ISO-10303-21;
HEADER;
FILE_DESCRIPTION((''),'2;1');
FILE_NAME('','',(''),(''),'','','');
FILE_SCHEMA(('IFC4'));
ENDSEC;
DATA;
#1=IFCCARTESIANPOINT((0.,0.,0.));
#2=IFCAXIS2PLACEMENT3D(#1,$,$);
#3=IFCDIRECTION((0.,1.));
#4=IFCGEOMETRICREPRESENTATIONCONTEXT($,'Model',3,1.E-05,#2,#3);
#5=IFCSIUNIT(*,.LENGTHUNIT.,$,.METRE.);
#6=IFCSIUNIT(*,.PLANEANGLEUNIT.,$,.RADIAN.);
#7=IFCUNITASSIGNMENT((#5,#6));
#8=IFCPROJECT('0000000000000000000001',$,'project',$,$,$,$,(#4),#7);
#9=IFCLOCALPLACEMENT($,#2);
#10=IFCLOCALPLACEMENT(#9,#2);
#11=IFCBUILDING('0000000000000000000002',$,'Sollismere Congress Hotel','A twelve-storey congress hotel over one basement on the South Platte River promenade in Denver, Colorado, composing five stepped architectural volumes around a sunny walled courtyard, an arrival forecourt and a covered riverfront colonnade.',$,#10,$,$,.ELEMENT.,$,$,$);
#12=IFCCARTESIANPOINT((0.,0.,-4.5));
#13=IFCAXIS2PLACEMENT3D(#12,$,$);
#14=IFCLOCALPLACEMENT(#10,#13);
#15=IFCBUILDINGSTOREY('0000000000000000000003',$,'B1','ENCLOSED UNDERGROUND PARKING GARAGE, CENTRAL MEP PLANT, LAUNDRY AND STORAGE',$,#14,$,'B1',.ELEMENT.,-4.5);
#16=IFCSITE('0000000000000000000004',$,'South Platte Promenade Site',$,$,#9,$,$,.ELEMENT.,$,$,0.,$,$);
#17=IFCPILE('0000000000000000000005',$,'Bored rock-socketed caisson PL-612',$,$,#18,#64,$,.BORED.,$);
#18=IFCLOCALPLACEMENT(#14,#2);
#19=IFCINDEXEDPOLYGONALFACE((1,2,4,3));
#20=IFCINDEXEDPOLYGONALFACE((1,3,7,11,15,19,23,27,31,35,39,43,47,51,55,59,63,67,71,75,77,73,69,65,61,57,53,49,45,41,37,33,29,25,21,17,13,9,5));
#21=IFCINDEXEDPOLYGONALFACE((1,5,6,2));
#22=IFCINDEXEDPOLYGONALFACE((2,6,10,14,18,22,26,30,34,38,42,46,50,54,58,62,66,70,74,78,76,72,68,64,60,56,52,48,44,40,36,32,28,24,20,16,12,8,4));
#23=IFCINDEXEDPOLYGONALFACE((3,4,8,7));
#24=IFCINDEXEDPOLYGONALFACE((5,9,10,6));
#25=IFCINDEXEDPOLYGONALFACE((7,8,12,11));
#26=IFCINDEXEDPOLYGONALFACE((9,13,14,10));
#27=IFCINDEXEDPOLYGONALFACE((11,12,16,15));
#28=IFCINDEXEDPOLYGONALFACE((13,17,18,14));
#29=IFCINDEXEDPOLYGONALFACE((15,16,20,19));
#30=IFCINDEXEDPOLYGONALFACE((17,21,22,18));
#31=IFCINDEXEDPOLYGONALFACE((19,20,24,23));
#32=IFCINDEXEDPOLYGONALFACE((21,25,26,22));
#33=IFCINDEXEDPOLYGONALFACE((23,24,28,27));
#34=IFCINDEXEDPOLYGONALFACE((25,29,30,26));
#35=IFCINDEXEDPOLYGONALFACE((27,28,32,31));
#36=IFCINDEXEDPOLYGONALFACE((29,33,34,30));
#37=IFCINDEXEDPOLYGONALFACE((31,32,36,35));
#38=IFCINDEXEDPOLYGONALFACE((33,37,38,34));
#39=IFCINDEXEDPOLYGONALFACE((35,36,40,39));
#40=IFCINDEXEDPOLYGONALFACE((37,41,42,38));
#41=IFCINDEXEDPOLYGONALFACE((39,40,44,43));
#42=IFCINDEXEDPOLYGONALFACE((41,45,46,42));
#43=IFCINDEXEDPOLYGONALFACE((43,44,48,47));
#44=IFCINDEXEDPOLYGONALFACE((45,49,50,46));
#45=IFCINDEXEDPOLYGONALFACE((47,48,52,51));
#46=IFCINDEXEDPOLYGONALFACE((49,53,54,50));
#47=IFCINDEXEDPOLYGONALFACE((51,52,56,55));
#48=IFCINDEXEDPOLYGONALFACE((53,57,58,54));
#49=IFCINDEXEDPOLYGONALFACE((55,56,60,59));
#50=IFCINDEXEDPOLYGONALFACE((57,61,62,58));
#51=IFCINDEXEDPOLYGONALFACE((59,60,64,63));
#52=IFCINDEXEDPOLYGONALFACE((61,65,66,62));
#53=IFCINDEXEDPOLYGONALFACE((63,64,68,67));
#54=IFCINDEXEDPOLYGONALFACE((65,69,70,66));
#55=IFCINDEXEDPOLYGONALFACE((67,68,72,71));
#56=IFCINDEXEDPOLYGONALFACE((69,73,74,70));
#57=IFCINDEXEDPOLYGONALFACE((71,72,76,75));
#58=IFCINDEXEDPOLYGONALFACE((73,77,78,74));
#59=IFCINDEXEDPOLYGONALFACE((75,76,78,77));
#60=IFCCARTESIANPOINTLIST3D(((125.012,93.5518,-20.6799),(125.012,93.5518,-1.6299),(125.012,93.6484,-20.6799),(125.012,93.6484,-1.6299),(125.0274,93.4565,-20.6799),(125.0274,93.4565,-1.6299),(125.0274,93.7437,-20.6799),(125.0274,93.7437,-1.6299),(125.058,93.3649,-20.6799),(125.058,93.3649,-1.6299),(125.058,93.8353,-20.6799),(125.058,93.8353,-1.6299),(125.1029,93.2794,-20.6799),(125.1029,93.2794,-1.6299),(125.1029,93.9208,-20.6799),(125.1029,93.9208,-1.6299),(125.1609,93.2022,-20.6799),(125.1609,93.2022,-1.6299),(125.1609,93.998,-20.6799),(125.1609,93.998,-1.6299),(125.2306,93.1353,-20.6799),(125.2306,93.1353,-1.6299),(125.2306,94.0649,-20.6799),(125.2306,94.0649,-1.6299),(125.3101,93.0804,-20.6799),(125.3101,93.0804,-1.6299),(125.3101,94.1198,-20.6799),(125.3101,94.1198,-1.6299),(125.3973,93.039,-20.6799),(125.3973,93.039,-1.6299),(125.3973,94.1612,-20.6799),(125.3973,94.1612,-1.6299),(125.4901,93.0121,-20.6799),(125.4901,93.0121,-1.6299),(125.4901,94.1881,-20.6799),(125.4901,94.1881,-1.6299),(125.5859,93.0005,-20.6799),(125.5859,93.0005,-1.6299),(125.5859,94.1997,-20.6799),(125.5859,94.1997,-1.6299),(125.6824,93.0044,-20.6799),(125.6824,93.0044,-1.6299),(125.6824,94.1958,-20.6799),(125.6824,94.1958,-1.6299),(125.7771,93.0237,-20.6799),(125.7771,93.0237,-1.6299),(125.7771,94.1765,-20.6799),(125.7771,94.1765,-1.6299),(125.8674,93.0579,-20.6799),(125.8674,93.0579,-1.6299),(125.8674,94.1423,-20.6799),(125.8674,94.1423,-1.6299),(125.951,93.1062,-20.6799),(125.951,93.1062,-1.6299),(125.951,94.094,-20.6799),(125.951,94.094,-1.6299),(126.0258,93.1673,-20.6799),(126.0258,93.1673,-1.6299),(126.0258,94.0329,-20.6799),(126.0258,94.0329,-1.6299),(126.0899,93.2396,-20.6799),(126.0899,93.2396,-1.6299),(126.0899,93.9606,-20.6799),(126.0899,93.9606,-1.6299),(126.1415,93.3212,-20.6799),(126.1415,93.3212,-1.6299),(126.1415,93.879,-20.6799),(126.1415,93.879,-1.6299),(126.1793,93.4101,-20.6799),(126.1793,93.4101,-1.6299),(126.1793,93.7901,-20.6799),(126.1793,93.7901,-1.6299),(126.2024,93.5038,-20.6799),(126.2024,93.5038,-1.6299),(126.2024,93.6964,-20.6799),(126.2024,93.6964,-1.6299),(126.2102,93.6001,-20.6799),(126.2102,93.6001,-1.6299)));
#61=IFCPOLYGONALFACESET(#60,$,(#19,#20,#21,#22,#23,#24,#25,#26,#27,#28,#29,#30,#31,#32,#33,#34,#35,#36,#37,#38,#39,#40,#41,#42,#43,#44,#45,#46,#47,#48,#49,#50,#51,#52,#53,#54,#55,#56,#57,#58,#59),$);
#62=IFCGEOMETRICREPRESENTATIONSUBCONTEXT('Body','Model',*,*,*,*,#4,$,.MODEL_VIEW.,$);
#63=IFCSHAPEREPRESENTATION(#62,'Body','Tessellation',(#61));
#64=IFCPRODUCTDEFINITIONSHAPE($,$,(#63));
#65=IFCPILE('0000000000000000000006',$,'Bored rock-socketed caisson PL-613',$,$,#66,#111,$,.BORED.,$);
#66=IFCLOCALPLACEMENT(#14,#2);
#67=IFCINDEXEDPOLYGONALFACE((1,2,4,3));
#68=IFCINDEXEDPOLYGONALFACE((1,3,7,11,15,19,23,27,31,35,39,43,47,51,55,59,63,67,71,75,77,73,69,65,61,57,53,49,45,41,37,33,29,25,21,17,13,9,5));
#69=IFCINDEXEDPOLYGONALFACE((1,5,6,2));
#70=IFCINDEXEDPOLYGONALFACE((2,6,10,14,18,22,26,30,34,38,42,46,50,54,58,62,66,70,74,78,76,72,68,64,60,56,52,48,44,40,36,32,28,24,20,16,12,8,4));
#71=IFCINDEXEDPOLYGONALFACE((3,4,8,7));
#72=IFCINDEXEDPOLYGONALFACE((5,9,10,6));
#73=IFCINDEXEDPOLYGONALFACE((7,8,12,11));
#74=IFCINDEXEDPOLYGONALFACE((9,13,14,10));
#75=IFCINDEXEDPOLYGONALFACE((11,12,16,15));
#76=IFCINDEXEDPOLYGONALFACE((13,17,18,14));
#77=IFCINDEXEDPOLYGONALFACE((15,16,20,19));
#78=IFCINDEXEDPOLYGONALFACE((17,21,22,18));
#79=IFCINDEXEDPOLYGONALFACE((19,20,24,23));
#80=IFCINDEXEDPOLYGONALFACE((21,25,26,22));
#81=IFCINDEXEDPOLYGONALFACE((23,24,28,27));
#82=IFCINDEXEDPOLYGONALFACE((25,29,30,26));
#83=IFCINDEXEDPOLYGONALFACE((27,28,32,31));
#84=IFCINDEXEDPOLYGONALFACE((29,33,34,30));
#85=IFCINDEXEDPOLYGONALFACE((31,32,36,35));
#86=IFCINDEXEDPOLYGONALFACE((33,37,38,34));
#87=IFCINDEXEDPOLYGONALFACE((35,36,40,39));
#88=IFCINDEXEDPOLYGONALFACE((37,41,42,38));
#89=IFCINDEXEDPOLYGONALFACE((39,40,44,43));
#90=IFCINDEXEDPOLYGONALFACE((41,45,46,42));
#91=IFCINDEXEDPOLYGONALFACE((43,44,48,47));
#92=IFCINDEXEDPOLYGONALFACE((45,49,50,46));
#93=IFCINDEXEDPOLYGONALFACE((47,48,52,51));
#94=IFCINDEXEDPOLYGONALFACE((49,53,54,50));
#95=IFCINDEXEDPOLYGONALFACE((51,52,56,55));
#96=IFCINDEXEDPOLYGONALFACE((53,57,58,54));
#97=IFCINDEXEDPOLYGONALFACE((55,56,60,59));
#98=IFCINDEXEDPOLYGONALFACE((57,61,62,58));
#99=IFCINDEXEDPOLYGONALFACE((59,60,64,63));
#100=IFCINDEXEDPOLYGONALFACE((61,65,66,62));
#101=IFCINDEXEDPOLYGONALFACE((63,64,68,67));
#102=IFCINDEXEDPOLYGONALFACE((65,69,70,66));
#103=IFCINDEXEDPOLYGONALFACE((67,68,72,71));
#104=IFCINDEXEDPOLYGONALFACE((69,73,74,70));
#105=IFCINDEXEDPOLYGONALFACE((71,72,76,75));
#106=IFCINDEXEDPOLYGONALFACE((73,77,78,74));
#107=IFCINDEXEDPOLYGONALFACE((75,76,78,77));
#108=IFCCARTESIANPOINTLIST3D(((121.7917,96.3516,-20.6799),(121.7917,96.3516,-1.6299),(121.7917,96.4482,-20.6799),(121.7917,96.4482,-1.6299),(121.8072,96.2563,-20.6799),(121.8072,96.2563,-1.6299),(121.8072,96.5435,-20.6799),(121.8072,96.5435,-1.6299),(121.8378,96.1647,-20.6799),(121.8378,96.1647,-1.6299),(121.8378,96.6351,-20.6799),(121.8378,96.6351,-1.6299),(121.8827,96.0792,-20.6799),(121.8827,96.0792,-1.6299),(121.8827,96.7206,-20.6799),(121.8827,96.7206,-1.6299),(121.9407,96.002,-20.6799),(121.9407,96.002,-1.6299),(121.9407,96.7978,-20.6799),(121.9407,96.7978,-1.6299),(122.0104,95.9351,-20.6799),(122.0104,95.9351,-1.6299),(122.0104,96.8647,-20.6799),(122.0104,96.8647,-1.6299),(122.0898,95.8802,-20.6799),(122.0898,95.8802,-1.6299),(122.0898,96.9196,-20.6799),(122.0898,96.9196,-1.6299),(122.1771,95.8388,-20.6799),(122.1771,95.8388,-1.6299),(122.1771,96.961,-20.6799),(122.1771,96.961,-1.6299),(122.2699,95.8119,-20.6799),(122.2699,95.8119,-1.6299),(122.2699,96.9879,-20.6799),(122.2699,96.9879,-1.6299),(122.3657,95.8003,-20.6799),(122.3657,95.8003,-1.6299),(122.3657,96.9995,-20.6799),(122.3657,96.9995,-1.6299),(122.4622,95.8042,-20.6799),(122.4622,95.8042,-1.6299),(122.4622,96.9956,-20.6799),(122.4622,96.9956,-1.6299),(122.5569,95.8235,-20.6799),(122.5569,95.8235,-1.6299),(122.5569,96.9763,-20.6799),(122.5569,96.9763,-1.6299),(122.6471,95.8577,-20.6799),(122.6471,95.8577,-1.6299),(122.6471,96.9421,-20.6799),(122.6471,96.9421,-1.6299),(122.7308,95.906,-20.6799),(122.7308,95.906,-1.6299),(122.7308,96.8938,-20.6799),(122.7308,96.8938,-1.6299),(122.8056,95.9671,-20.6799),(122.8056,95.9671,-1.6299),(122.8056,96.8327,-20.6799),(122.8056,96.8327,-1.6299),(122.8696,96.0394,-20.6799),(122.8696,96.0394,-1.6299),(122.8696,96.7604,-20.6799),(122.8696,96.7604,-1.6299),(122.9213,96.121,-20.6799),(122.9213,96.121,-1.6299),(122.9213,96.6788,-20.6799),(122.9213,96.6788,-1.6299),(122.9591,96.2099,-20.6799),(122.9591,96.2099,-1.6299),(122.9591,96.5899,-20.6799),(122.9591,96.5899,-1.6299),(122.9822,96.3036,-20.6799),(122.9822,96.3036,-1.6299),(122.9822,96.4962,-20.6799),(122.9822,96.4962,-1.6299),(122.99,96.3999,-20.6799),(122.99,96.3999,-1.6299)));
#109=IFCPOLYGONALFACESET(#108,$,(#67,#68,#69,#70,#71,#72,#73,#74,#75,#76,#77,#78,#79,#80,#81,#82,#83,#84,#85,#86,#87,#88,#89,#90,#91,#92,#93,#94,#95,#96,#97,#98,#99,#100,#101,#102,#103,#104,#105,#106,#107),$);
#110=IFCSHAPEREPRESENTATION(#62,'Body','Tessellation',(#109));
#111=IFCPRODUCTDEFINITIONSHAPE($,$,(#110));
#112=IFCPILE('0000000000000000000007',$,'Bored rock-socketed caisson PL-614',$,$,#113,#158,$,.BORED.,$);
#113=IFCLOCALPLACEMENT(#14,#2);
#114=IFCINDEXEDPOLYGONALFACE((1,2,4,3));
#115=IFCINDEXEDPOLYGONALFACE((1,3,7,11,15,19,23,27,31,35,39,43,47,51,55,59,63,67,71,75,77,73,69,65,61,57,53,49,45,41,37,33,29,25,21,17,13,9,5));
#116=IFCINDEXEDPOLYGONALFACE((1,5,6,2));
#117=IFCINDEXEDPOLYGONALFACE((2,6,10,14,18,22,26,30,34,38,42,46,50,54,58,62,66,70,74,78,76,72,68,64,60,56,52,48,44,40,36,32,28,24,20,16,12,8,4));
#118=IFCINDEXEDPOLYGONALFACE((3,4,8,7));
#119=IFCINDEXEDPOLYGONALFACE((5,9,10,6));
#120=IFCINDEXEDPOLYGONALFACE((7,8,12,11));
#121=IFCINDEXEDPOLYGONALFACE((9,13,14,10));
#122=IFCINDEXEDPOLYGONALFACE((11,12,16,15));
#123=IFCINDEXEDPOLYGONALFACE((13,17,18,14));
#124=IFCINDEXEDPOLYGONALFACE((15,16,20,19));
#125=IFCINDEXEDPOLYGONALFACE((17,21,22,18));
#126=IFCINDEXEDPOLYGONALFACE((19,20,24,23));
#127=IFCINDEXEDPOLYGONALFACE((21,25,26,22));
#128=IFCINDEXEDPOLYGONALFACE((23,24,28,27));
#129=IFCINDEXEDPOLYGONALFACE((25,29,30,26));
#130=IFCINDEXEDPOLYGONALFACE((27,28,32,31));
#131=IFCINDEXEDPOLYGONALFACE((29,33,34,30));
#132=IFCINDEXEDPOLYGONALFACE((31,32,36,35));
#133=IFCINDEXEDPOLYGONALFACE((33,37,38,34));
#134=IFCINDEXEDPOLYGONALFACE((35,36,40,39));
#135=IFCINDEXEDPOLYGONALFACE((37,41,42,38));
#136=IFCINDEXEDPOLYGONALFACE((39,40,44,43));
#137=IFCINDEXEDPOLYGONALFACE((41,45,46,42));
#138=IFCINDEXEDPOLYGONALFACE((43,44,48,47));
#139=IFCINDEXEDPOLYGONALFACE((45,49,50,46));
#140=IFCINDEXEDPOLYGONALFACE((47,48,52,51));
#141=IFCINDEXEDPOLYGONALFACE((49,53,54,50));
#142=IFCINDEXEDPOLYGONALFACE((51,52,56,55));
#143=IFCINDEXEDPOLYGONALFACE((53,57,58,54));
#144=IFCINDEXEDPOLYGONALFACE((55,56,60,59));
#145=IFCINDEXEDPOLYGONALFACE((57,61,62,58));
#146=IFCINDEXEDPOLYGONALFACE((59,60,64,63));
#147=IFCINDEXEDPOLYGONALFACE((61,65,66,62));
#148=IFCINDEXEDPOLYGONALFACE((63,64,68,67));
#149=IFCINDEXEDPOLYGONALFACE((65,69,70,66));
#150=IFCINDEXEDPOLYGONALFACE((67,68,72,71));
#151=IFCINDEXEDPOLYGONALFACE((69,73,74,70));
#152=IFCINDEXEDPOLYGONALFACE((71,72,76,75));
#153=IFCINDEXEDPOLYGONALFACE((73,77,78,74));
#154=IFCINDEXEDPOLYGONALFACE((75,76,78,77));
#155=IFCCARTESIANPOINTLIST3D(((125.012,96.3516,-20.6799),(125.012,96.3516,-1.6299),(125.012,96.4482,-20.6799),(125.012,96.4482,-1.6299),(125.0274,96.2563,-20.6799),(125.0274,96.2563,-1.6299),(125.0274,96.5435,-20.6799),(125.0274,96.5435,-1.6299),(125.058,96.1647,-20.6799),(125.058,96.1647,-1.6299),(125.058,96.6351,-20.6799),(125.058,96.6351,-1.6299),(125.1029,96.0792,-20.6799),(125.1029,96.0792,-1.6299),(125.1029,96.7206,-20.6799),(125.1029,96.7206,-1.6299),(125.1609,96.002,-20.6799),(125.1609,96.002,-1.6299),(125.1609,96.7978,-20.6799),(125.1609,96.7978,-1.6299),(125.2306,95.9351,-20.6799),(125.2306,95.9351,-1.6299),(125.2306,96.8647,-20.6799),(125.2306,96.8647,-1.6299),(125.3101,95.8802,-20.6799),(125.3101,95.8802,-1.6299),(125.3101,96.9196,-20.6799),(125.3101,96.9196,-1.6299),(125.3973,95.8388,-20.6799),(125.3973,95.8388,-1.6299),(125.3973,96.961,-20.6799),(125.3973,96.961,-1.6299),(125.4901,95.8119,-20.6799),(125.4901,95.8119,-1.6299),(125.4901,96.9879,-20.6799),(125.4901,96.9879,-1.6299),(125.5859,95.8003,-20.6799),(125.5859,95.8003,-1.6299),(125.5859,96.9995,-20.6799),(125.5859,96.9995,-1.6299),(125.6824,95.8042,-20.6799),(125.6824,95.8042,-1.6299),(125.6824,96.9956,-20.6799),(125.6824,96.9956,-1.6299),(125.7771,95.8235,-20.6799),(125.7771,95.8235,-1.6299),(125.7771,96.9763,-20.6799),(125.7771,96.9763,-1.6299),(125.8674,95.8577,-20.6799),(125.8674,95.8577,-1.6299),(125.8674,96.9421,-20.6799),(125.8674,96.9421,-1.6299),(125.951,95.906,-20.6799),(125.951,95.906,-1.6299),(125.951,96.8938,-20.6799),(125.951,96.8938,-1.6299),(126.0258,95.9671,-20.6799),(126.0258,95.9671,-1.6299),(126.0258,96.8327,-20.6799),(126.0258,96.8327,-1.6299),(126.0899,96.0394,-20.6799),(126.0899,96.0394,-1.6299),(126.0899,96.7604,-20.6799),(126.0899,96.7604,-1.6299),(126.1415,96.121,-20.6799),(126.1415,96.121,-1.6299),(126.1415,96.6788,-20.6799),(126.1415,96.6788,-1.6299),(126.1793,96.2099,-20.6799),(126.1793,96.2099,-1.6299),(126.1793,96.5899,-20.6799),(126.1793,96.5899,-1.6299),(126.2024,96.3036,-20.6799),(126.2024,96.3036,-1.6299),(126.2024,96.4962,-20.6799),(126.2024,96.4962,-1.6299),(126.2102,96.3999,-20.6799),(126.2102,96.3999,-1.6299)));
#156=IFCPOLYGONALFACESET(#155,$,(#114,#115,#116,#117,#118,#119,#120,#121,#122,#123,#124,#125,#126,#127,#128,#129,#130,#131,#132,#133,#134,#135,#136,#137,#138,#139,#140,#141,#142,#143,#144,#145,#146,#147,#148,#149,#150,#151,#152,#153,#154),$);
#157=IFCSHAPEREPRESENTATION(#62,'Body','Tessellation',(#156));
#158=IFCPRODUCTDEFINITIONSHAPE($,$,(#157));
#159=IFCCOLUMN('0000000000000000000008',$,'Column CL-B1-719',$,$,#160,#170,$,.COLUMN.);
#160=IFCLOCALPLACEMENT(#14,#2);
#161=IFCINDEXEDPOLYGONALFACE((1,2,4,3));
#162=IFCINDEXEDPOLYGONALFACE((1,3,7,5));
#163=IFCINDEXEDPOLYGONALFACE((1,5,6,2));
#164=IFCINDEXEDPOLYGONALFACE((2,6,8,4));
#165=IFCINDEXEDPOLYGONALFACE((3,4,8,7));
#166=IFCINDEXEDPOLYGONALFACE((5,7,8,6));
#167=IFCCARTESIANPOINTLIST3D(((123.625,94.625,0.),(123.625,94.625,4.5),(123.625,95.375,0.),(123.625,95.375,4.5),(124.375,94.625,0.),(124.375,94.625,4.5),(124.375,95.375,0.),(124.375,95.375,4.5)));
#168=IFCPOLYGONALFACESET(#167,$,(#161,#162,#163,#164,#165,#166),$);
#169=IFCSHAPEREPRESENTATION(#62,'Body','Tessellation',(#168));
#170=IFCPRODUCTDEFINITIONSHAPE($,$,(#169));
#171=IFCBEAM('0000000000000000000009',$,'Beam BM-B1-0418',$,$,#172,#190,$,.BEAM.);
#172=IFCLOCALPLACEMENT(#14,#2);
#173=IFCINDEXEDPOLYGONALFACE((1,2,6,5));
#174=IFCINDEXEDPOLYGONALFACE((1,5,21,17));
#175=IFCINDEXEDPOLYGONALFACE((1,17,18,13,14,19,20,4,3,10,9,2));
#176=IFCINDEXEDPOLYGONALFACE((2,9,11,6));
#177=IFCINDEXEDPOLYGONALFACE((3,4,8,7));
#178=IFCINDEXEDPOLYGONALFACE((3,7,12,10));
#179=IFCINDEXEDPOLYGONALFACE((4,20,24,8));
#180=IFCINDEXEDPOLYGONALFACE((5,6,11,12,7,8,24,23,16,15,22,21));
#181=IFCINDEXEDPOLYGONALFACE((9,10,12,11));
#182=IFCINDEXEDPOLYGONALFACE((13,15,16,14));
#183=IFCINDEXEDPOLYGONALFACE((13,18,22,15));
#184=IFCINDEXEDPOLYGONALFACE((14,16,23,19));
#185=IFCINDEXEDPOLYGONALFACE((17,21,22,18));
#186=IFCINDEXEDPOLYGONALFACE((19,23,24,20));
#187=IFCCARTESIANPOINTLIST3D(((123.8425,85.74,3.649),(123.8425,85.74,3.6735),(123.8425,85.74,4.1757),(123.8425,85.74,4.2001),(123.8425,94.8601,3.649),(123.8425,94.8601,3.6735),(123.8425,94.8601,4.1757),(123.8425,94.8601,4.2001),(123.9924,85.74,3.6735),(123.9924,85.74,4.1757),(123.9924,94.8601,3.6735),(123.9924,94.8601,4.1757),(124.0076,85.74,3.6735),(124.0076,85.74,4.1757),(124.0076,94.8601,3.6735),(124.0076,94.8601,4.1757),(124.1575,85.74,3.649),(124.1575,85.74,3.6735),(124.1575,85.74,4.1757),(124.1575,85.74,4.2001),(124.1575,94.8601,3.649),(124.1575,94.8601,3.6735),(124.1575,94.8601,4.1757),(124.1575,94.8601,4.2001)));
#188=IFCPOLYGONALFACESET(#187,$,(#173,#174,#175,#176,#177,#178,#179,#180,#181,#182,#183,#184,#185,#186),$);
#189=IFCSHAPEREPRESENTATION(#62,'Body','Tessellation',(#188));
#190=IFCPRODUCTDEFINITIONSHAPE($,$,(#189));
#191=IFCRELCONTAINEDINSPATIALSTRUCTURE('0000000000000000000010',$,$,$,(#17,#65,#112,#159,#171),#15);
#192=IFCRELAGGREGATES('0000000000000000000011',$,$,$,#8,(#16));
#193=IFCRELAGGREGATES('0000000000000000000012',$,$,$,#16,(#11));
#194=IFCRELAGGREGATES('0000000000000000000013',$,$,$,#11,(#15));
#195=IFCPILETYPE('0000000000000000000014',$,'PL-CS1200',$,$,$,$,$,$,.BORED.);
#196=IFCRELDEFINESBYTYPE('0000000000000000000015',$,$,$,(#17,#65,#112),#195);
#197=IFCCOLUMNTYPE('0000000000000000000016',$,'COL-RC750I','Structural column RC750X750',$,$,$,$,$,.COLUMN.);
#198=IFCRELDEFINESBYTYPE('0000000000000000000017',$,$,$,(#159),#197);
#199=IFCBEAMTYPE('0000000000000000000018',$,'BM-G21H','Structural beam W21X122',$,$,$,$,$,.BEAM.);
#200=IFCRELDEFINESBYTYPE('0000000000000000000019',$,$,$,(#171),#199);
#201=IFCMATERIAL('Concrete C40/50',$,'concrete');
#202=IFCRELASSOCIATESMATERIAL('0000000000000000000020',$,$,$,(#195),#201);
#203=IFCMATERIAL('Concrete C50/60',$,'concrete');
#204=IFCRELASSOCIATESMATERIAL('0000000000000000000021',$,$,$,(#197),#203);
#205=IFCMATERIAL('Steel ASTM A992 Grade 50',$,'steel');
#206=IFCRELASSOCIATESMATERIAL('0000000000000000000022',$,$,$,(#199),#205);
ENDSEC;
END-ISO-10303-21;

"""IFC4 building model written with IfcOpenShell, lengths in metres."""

from ifc_helpers import new_model, si_unit, direction, frame, origin, origin_2d, place, context, subcontext, project, spatial, rectangle, circle, i_section, extrude, material, material_profile, profile_set, type_object, element, save


model = new_model("IFC4")

# Units and contexts
model_context = context("Model", 3, precision=1e-05, world=origin(), true_north=direction((0.0, 1.0)))
body_context = subcontext(model_context, "Body", "Model", "MODEL_VIEW")
ifc_project = project(units=[si_unit("LENGTHUNIT", "METRE"), si_unit("PLANEANGLEUNIT", "RADIAN")], contexts=[model_context])

# Site, building, storey
site_placement = place(None, origin())
site = spatial("IfcSite", under=ifc_project, at=site_placement, Name="South Platte Promenade Site", CompositionType="ELEMENT", RefElevation=0.0)
building_placement = place(site_placement, origin())
building = spatial("IfcBuilding", under=site, at=building_placement, Name="Sollismere Congress Hotel", Description="A twelve-storey congress hotel over one basement on the South Platte River promenade in Denver, Colorado, composing five stepped architectural volumes around a sunny walled courtyard, an arrival forecourt and a covered riverfront colonnade.", CompositionType="ELEMENT")
storey_placement = place(building_placement, frame((0.0, 0.0, -4.5)))
storey = spatial("IfcBuildingStorey", under=building, at=storey_placement, Name="B1", Description="ENCLOSED UNDERGROUND PARKING GARAGE, CENTRAL MEP PLANT, LAUNDRY AND STORAGE", LongName="B1", CompositionType="ELEMENT", Elevation=-4.5)

# Shared definitions
ifc_material_1 = material(Name="Concrete C40/50", Category="concrete")

# Piles
ifc_material_profile_1 = material_profile(ifc_material_1, circle(Radius=0.6001, at=origin_2d()), Name="CAISSON1200")
ifc_profile_set_1 = profile_set([ifc_material_profile_1], Name="Concrete C40/50")
pile_type = type_object("IfcPileType", Name="PL-CS1200", PredefinedType="BORED", material=ifc_profile_set_1)
for number, where, z_axis, x_axis, name in (
    (1, (125.6101, 93.6001, -1.6299), (0.0, 0.0, -1.0), (1.0, 0.0, 0.0), "Bored rock-socketed caisson PL-612"),
    (2, (122.3899, 96.3999, -1.6299), (0.0, 0.0, -1.0), (1.0, 0.0, 0.0), "Bored rock-socketed caisson PL-613"),
    (3, (125.6101, 96.3999, -1.6299), (0.0, 0.0, -1.0), (1.0, 0.0, 0.0), "Bored rock-socketed caisson PL-614"),
):
    element("IfcPile", number, at=place(storey_placement, frame(where, z_axis=z_axis, x_axis=x_axis)), inside=storey, type_object=pile_type, Name=name, PredefinedType="BORED", context=body_context, shape_type="SweptSolid", body=[
        extrude(circle(Radius=0.6001, at=origin_2d()), origin(), (0.0, 0.0, 1.0), 19.05),
    ])

# Column
ifc_material_2 = material(Name="Concrete C50/60", Category="concrete")
ifc_material_profile_2 = material_profile(ifc_material_2, rectangle(XDim=0.75, YDim=0.75, at=origin_2d()), Name="RC750X750")
ifc_profile_set_2 = profile_set([ifc_material_profile_2], Name="Concrete C50/60")
column_type = type_object("IfcColumnType", Name="COL-RC750I", Description="Structural column RC750X750", PredefinedType="COLUMN", material=ifc_profile_set_2)
column_placement = place(storey_placement, frame((124.0, 95.0, 0.0), z_axis=(0.0, 0.0, 1.0), x_axis=(1.0, 0.0, 0.0)))
element("IfcColumn", 4, at=column_placement, inside=storey, type_object=column_type, Name="Column CL-B1-719", PredefinedType="COLUMN", context=body_context, shape_type="SweptSolid", body=[
    extrude(rectangle(XDim=0.75, YDim=0.75, at=origin_2d()), origin(), (0.0, 0.0, 1.0), 4.5),
])

# Beam
ifc_material_3 = material(Name="Steel ASTM A992 Grade 50", Category="steel")
ifc_material_profile_3 = material_profile(ifc_material_3, i_section(OverallWidth=0.3149, OverallDepth=0.551, WebThickness=0.0151, FlangeThickness=0.0244, at=origin_2d()), Name="W21X122")
ifc_profile_set_3 = profile_set([ifc_material_profile_3], Name="Steel ASTM A992 Grade 50")
beam_type_1 = type_object("IfcBeamType", Name="BM-G21H", Description="Structural beam W21X122", PredefinedType="BEAM", material=ifc_profile_set_3)
beam_1_placement = place(storey_placement, frame((124.0, 85.74, 3.9246), z_axis=(0.0, 1.0, 0.0), x_axis=(-1.0, 0.0, 0.0)))
element("IfcBeam", 5, at=beam_1_placement, inside=storey, type_object=beam_type_1, Name="Beam BM-B1-0418", PredefinedType="BEAM", context=body_context, shape_type="SweptSolid", body=[
    extrude(i_section(OverallWidth=0.3149, OverallDepth=0.551, WebThickness=0.0151, FlangeThickness=0.0244, at=origin_2d()), origin(), (0.0, 0.0, 1.0), 9.1201),
])

save(model, "model.ifc")
